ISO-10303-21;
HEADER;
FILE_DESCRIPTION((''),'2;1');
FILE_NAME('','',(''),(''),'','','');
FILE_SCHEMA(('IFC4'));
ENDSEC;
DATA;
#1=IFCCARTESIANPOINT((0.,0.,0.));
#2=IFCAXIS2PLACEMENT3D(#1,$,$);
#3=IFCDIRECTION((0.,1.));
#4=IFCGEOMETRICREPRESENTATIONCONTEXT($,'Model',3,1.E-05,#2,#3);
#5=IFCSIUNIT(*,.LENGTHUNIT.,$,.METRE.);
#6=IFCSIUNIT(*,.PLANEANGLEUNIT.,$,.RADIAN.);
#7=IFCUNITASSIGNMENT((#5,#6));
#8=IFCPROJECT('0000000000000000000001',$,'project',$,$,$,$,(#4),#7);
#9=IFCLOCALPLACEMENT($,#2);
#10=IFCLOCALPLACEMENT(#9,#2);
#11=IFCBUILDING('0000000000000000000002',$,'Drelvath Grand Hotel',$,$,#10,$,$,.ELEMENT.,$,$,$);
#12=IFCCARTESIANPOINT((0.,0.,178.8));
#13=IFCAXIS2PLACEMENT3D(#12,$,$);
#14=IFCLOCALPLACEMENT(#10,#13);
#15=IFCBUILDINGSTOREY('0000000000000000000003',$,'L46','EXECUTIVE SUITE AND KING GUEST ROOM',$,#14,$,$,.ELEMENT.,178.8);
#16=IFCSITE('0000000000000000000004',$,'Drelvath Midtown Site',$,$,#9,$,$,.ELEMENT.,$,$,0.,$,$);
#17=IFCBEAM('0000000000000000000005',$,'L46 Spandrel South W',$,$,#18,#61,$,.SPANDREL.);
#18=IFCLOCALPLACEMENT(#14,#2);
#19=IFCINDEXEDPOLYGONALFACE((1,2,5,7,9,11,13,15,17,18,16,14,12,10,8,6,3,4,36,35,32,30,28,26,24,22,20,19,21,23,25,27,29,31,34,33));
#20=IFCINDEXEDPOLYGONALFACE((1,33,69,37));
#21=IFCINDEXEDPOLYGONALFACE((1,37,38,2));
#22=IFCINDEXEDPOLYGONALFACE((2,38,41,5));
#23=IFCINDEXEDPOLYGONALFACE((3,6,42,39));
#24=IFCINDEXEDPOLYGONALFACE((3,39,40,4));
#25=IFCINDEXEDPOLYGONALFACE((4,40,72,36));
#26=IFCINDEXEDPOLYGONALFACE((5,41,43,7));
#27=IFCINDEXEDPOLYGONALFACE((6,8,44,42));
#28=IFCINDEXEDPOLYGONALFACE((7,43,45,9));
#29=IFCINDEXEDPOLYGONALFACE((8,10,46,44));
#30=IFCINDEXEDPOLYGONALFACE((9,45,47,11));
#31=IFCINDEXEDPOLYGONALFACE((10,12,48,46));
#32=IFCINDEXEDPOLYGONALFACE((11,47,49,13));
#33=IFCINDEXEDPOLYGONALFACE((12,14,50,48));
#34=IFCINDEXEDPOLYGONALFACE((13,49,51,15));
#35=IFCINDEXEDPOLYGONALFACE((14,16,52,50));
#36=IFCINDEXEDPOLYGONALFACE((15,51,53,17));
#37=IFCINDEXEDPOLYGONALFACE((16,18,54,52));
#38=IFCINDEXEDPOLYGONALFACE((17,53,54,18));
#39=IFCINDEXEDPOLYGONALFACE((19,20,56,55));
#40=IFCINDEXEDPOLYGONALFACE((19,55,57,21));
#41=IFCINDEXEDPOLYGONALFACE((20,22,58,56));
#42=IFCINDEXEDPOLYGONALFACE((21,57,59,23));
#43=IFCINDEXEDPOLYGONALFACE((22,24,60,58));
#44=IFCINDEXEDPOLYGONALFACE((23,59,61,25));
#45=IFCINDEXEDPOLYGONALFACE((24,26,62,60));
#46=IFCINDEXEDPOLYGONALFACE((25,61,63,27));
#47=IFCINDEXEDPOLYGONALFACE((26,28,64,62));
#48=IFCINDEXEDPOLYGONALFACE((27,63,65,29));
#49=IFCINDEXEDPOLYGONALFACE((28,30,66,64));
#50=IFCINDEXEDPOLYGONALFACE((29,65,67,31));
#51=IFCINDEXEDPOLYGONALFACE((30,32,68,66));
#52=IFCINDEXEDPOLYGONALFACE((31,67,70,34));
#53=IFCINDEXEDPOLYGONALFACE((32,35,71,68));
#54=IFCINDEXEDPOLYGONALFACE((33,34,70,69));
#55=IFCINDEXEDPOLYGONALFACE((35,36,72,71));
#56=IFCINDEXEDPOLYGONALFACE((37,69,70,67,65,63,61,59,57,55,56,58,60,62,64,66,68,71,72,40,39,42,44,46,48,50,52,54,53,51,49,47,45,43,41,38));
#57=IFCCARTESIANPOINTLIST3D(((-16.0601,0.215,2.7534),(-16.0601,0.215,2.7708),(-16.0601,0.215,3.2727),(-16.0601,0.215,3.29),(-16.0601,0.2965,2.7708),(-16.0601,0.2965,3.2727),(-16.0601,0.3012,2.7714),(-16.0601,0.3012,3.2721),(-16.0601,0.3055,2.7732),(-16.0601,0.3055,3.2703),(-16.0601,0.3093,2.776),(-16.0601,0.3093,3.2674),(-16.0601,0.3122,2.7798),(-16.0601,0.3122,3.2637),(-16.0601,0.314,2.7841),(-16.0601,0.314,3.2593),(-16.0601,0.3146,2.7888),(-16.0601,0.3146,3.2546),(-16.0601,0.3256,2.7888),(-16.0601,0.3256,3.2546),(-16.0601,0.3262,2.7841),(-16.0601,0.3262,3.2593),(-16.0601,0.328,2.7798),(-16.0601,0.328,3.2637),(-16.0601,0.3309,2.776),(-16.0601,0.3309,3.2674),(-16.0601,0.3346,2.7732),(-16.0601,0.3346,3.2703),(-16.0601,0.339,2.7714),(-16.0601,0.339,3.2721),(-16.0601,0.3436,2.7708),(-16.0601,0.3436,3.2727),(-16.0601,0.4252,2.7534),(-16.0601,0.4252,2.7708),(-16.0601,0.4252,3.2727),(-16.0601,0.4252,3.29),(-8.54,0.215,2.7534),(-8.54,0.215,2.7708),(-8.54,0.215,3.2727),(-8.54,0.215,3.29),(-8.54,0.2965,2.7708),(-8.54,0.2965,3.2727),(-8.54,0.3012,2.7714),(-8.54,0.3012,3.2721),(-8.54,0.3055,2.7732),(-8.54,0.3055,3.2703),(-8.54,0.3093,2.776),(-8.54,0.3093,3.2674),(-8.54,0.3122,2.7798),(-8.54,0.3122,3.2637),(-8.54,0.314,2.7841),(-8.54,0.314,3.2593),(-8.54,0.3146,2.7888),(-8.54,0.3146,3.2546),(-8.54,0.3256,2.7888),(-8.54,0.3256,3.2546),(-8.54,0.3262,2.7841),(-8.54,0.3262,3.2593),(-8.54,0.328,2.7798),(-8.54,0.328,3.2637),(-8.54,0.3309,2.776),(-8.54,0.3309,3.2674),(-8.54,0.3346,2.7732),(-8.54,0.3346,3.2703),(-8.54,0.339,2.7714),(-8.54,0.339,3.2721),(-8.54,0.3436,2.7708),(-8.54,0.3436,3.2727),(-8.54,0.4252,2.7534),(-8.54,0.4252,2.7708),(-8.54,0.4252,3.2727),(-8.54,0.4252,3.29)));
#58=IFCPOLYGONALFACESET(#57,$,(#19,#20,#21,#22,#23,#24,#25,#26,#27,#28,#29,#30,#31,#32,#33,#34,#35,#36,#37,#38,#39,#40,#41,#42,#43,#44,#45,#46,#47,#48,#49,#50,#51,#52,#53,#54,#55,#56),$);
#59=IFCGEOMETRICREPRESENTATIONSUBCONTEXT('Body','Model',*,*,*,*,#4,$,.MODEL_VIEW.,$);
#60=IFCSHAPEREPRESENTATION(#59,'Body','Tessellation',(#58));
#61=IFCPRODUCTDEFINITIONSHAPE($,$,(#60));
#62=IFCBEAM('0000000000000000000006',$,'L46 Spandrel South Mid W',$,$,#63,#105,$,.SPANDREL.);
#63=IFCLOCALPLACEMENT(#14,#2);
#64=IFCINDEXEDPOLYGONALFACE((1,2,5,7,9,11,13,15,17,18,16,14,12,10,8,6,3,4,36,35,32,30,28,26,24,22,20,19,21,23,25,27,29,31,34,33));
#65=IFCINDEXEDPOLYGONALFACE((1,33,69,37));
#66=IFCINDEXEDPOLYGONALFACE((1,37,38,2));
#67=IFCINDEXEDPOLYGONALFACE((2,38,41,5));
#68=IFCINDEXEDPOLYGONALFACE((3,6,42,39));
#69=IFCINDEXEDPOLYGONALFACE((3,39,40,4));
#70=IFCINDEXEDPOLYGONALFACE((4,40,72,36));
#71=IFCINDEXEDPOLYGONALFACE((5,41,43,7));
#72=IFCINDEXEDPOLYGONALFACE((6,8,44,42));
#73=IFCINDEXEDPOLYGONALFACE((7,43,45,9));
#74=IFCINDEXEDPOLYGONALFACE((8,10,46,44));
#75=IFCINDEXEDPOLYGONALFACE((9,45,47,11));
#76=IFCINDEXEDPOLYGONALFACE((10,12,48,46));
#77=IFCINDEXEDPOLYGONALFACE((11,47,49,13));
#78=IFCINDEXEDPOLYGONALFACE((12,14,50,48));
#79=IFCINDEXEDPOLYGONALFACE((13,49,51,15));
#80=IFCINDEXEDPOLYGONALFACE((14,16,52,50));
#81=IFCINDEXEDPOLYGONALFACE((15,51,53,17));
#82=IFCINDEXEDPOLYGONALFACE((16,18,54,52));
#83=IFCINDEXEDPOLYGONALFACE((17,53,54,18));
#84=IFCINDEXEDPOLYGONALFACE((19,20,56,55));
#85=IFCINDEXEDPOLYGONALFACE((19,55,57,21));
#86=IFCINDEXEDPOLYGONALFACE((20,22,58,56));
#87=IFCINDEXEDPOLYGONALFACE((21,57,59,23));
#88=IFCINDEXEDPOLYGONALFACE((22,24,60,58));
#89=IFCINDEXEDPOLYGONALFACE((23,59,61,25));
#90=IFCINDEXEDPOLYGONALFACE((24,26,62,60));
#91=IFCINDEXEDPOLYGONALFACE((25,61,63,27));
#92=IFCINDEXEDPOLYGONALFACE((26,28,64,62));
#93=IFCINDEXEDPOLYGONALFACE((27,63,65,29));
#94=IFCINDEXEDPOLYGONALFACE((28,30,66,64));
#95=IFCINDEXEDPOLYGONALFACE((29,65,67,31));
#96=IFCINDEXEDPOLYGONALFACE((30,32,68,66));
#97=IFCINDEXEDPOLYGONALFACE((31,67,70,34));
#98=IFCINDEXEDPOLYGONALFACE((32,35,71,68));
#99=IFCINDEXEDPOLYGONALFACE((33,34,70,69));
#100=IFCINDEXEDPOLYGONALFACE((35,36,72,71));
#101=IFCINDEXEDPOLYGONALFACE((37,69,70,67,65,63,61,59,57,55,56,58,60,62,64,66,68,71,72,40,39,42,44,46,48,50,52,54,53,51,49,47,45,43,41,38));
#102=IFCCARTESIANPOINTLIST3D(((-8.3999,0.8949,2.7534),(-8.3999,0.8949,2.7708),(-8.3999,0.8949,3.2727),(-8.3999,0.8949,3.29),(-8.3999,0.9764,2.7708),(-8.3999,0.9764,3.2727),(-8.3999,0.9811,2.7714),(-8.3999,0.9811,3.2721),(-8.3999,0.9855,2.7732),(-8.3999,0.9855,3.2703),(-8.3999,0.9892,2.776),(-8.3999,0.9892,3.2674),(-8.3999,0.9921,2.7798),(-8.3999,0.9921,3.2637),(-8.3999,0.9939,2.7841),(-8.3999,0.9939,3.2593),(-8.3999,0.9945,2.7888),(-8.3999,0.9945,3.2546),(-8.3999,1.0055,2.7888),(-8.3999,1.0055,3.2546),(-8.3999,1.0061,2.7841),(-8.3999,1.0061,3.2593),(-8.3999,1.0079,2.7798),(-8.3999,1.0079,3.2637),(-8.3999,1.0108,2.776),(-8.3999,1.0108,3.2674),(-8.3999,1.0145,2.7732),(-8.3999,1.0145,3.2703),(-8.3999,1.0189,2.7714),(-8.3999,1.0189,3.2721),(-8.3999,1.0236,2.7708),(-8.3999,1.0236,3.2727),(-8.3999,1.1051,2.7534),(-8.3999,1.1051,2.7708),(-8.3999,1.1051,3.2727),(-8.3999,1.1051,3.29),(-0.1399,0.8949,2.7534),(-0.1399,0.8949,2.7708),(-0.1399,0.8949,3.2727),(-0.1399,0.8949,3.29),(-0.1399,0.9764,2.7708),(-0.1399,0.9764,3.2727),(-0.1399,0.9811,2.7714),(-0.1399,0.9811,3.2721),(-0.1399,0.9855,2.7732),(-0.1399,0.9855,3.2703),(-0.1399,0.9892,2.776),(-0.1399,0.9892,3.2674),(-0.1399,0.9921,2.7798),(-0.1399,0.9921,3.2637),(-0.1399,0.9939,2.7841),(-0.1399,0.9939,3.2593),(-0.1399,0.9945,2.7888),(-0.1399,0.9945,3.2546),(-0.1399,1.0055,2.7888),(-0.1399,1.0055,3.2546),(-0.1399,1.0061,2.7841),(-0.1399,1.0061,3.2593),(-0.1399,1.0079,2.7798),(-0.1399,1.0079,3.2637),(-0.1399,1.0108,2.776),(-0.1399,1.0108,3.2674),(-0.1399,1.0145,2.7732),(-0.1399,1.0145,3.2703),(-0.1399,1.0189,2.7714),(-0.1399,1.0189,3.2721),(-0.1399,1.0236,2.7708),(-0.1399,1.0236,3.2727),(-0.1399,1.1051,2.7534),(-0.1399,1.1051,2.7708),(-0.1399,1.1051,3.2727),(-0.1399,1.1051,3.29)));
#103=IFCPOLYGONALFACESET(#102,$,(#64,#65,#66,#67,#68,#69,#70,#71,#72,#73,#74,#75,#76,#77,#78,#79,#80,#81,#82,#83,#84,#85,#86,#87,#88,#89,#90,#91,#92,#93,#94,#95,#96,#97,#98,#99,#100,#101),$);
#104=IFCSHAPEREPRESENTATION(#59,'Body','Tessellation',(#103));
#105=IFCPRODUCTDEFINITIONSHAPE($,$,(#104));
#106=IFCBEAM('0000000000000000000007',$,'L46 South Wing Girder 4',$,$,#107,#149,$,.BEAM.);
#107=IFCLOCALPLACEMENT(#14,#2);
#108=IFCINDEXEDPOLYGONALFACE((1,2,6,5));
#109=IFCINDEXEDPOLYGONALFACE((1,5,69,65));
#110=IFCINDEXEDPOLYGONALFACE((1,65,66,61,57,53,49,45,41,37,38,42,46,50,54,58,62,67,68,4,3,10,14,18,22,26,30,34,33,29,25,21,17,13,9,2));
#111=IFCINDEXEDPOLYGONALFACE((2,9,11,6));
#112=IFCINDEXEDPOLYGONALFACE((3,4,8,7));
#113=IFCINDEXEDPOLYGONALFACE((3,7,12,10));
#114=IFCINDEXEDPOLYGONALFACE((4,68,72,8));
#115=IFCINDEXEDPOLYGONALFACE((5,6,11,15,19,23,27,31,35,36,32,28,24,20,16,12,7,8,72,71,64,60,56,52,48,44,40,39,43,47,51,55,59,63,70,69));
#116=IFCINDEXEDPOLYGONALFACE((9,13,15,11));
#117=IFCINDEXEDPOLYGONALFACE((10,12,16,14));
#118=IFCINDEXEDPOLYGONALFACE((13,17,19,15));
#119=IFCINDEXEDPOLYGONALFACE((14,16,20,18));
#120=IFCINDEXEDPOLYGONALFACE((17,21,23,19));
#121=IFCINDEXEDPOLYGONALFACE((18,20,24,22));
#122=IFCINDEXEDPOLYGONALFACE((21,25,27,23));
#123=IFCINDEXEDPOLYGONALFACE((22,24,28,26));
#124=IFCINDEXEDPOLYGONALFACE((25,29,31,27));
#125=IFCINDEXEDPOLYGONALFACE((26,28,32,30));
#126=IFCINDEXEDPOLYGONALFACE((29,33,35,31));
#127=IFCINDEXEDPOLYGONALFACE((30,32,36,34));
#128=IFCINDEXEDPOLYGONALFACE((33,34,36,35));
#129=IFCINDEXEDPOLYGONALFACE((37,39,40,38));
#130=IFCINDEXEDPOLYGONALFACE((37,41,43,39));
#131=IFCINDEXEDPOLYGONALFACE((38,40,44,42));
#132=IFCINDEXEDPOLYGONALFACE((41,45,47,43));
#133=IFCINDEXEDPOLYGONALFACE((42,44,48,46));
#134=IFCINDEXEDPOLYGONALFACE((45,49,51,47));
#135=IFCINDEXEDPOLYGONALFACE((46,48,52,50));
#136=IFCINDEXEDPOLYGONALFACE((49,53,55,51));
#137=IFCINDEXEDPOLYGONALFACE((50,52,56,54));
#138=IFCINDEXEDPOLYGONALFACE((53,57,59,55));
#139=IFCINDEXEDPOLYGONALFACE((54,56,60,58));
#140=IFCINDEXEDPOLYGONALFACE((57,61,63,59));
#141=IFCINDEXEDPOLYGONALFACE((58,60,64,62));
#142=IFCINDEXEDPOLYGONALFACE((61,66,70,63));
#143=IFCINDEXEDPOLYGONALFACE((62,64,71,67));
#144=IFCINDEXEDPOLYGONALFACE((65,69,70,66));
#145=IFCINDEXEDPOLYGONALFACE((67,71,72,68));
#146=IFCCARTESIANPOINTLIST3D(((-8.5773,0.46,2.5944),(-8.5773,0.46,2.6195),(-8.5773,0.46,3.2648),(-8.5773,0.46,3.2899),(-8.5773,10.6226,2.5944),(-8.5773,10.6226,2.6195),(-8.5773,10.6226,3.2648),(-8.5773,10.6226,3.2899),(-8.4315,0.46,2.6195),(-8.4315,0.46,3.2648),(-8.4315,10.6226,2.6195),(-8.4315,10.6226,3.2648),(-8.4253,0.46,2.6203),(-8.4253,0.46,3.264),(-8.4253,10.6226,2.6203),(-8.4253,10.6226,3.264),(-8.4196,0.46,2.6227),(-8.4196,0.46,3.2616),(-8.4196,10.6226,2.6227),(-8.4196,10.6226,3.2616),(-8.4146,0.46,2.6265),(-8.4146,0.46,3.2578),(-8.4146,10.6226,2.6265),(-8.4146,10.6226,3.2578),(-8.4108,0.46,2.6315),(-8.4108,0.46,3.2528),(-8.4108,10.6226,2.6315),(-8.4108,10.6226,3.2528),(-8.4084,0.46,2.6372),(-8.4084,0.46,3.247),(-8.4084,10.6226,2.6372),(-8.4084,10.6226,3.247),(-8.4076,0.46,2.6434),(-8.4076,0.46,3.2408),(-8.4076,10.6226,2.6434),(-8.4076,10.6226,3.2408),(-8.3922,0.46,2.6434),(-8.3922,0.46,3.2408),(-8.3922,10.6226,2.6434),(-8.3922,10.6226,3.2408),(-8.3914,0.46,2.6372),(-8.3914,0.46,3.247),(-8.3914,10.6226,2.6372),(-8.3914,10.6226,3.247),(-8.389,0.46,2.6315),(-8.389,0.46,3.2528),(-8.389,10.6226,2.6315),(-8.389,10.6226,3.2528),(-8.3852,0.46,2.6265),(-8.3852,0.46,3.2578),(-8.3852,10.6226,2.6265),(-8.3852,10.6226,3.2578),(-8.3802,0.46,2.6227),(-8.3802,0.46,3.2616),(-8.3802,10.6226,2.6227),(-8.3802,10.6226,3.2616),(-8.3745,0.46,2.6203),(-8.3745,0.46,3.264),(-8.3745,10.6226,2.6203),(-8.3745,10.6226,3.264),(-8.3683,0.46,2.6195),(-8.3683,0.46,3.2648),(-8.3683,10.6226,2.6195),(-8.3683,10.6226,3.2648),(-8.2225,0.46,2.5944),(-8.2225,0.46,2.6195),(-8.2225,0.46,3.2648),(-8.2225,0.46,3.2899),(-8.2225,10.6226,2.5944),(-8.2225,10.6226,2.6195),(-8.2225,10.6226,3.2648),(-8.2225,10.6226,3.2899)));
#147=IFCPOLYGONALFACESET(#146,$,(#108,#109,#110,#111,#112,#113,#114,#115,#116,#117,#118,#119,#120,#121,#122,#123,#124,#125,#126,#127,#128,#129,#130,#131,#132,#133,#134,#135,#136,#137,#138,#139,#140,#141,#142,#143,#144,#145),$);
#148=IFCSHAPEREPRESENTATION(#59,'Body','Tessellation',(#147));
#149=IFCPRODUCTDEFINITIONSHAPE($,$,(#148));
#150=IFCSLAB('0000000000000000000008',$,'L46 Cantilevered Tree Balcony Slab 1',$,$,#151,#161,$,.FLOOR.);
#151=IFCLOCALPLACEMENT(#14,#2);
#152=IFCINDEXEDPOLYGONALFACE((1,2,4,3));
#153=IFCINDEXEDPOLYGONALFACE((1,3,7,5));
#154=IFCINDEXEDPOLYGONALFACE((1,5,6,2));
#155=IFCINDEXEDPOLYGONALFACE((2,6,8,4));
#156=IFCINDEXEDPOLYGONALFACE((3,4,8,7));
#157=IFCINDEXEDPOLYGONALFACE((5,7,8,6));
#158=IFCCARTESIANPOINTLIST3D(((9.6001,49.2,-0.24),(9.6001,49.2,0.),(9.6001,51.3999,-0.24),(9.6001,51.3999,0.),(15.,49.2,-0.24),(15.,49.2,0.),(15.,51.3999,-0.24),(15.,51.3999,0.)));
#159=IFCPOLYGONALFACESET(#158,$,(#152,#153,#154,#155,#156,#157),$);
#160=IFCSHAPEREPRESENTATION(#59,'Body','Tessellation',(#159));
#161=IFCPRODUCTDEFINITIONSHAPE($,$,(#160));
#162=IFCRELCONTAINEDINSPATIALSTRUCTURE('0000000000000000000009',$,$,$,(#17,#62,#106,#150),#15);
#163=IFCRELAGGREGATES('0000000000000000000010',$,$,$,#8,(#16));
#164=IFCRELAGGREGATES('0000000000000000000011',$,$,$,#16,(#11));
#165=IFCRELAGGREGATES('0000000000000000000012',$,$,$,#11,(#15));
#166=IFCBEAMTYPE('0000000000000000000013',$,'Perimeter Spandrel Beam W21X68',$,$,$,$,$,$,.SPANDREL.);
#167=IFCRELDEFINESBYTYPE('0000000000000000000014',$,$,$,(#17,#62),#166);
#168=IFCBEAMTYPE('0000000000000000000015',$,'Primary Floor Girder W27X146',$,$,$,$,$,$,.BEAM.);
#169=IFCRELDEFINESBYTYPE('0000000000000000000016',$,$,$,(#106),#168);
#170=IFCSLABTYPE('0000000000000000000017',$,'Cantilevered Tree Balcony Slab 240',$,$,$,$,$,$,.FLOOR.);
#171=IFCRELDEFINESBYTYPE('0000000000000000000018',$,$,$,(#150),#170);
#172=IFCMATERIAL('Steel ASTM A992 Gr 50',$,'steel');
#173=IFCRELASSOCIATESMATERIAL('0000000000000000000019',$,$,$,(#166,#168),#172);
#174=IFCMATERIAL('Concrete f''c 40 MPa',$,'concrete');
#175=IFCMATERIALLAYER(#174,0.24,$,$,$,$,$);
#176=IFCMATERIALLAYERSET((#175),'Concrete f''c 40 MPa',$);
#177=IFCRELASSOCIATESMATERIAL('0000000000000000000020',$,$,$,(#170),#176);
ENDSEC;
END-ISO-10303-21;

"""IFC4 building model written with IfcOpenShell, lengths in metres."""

from ifc_helpers import new_model, si_unit, direction, frame, origin, origin_2d, place, context, subcontext, project, spatial, polyline, i_section, outline, extrude, material, layer, layer_set, material_profile, profile_set, type_object, element, save


model = new_model("IFC4")

# Units and contexts
model_context = context("Model", 3, precision=1e-05, world=origin(), true_north=direction((0.0, 1.0)))
body_context = subcontext(model_context, "Body", "Model", "MODEL_VIEW")
ifc_project = project(units=[si_unit("LENGTHUNIT", "METRE"), si_unit("PLANEANGLEUNIT", "RADIAN")], contexts=[model_context])

# Site, building, storey
site_placement = place(None, origin())
site = spatial("IfcSite", under=ifc_project, at=site_placement, Name="Drelvath Midtown Site", CompositionType="ELEMENT", RefElevation=0.0)
building_placement = place(site_placement, origin())
building = spatial("IfcBuilding", under=site, at=building_placement, Name="Drelvath Grand Hotel", CompositionType="ELEMENT")
storey_placement = place(building_placement, frame((0.0, 0.0, 178.8)))
storey = spatial("IfcBuildingStorey", under=building, at=storey_placement, Name="L46", Description="EXECUTIVE SUITE AND KING GUEST ROOM", CompositionType="ELEMENT", Elevation=178.8)

# Beams
ifc_material_1 = material(Name="Steel ASTM A992 Gr 50", Category="steel")
ifc_material_profile_1 = material_profile(ifc_material_1, i_section(OverallWidth=0.2102, OverallDepth=0.5366, WebThickness=0.011, FlangeThickness=0.0173, FilletRadius=0.0181, at=origin_2d()), Name="W21X68")
ifc_profile_set_1 = profile_set([ifc_material_profile_1], Name="Steel ASTM A992 Gr 50")
beam_type_1 = type_object("IfcBeamType", Name="Perimeter Spandrel Beam W21X68", PredefinedType="SPANDREL", material=ifc_profile_set_1)
beam_1_placement = place(storey_placement, frame((-16.0601, 0.3201, 3.0217), z_axis=(1.0, 0.0, 0.0), x_axis=(0.0, 1.0, 0.0)))
element("IfcBeam", 1, at=beam_1_placement, inside=storey, type_object=beam_type_1, Name="L46 Spandrel South W", PredefinedType="SPANDREL", context=body_context, shape_type="SweptSolid", body=[
    extrude(i_section(OverallWidth=0.2102, OverallDepth=0.5366, WebThickness=0.011, FlangeThickness=0.0173, FilletRadius=0.0181, at=origin_2d()), origin(), (0.0, 0.0, 1.0), 7.52),
])
beam_2_placement = place(storey_placement, frame((-8.3999, 1.0, 3.0217), z_axis=(1.0, 0.0, 0.0), x_axis=(0.0, 1.0, 0.0)))
element("IfcBeam", 2, at=beam_2_placement, inside=storey, type_object=beam_type_1, Name="L46 Spandrel South Mid W", PredefinedType="SPANDREL", context=body_context, shape_type="SweptSolid", body=[
    extrude(i_section(OverallWidth=0.2102, OverallDepth=0.5366, WebThickness=0.011, FlangeThickness=0.0173, FilletRadius=0.0181, at=origin_2d()), origin(), (0.0, 0.0, 1.0), 8.26),
])
ifc_material_profile_2 = material_profile(ifc_material_1, i_section(OverallWidth=0.3547, OverallDepth=0.6956, WebThickness=0.0154, FlangeThickness=0.0251, FilletRadius=0.0239, at=origin_2d()), Name="W27X146")
ifc_profile_set_2 = profile_set([ifc_material_profile_2], Name="Steel ASTM A992 Gr 50")
beam_type_2 = type_object("IfcBeamType", Name="Primary Floor Girder W27X146", PredefinedType="BEAM", material=ifc_profile_set_2)
beam_3_placement = place(storey_placement, frame((-8.3999, 0.46, 2.9421), z_axis=(0.0, 1.0, 0.0), x_axis=(-1.0, 0.0, 0.0)))
element("IfcBeam", 3, at=beam_3_placement, inside=storey, type_object=beam_type_2, Name="L46 South Wing Girder 4", PredefinedType="BEAM", context=body_context, shape_type="SweptSolid", body=[
    extrude(i_section(OverallWidth=0.3547, OverallDepth=0.6956, WebThickness=0.0154, FlangeThickness=0.0251, FilletRadius=0.0239, at=origin_2d()), origin(), (0.0, 0.0, 1.0), 10.1626),
])

# Slab
ifc_material_2 = material(Name="Concrete f'c 40 MPa", Category="concrete")
ifc_layer_1 = layer(ifc_material_2, 0.24)
ifc_layer_set_1 = layer_set([ifc_layer_1], Name="Concrete f'c 40 MPa")
slab_type_1 = type_object("IfcSlabType", Name="Cantilevered Tree Balcony Slab 240", PredefinedType="FLOOR", material=ifc_layer_set_1)
slab_1_placement = place(storey_placement, frame((0.0, 0.0, -0.24)))
element("IfcSlab", 4, at=slab_1_placement, inside=storey, type_object=slab_type_1, Name="L46 Cantilevered Tree Balcony Slab 1", PredefinedType="FLOOR", context=body_context, shape_type="SweptSolid", body=[
    extrude(outline(polyline([(9.6001, 49.2), (15.0, 49.2), (15.0, 51.3999), (9.6001, 51.3999), (9.6001, 49.2)])), origin(), (0.0, 0.0, 1.0), 0.24),
])

save(model, "model.ifc")
